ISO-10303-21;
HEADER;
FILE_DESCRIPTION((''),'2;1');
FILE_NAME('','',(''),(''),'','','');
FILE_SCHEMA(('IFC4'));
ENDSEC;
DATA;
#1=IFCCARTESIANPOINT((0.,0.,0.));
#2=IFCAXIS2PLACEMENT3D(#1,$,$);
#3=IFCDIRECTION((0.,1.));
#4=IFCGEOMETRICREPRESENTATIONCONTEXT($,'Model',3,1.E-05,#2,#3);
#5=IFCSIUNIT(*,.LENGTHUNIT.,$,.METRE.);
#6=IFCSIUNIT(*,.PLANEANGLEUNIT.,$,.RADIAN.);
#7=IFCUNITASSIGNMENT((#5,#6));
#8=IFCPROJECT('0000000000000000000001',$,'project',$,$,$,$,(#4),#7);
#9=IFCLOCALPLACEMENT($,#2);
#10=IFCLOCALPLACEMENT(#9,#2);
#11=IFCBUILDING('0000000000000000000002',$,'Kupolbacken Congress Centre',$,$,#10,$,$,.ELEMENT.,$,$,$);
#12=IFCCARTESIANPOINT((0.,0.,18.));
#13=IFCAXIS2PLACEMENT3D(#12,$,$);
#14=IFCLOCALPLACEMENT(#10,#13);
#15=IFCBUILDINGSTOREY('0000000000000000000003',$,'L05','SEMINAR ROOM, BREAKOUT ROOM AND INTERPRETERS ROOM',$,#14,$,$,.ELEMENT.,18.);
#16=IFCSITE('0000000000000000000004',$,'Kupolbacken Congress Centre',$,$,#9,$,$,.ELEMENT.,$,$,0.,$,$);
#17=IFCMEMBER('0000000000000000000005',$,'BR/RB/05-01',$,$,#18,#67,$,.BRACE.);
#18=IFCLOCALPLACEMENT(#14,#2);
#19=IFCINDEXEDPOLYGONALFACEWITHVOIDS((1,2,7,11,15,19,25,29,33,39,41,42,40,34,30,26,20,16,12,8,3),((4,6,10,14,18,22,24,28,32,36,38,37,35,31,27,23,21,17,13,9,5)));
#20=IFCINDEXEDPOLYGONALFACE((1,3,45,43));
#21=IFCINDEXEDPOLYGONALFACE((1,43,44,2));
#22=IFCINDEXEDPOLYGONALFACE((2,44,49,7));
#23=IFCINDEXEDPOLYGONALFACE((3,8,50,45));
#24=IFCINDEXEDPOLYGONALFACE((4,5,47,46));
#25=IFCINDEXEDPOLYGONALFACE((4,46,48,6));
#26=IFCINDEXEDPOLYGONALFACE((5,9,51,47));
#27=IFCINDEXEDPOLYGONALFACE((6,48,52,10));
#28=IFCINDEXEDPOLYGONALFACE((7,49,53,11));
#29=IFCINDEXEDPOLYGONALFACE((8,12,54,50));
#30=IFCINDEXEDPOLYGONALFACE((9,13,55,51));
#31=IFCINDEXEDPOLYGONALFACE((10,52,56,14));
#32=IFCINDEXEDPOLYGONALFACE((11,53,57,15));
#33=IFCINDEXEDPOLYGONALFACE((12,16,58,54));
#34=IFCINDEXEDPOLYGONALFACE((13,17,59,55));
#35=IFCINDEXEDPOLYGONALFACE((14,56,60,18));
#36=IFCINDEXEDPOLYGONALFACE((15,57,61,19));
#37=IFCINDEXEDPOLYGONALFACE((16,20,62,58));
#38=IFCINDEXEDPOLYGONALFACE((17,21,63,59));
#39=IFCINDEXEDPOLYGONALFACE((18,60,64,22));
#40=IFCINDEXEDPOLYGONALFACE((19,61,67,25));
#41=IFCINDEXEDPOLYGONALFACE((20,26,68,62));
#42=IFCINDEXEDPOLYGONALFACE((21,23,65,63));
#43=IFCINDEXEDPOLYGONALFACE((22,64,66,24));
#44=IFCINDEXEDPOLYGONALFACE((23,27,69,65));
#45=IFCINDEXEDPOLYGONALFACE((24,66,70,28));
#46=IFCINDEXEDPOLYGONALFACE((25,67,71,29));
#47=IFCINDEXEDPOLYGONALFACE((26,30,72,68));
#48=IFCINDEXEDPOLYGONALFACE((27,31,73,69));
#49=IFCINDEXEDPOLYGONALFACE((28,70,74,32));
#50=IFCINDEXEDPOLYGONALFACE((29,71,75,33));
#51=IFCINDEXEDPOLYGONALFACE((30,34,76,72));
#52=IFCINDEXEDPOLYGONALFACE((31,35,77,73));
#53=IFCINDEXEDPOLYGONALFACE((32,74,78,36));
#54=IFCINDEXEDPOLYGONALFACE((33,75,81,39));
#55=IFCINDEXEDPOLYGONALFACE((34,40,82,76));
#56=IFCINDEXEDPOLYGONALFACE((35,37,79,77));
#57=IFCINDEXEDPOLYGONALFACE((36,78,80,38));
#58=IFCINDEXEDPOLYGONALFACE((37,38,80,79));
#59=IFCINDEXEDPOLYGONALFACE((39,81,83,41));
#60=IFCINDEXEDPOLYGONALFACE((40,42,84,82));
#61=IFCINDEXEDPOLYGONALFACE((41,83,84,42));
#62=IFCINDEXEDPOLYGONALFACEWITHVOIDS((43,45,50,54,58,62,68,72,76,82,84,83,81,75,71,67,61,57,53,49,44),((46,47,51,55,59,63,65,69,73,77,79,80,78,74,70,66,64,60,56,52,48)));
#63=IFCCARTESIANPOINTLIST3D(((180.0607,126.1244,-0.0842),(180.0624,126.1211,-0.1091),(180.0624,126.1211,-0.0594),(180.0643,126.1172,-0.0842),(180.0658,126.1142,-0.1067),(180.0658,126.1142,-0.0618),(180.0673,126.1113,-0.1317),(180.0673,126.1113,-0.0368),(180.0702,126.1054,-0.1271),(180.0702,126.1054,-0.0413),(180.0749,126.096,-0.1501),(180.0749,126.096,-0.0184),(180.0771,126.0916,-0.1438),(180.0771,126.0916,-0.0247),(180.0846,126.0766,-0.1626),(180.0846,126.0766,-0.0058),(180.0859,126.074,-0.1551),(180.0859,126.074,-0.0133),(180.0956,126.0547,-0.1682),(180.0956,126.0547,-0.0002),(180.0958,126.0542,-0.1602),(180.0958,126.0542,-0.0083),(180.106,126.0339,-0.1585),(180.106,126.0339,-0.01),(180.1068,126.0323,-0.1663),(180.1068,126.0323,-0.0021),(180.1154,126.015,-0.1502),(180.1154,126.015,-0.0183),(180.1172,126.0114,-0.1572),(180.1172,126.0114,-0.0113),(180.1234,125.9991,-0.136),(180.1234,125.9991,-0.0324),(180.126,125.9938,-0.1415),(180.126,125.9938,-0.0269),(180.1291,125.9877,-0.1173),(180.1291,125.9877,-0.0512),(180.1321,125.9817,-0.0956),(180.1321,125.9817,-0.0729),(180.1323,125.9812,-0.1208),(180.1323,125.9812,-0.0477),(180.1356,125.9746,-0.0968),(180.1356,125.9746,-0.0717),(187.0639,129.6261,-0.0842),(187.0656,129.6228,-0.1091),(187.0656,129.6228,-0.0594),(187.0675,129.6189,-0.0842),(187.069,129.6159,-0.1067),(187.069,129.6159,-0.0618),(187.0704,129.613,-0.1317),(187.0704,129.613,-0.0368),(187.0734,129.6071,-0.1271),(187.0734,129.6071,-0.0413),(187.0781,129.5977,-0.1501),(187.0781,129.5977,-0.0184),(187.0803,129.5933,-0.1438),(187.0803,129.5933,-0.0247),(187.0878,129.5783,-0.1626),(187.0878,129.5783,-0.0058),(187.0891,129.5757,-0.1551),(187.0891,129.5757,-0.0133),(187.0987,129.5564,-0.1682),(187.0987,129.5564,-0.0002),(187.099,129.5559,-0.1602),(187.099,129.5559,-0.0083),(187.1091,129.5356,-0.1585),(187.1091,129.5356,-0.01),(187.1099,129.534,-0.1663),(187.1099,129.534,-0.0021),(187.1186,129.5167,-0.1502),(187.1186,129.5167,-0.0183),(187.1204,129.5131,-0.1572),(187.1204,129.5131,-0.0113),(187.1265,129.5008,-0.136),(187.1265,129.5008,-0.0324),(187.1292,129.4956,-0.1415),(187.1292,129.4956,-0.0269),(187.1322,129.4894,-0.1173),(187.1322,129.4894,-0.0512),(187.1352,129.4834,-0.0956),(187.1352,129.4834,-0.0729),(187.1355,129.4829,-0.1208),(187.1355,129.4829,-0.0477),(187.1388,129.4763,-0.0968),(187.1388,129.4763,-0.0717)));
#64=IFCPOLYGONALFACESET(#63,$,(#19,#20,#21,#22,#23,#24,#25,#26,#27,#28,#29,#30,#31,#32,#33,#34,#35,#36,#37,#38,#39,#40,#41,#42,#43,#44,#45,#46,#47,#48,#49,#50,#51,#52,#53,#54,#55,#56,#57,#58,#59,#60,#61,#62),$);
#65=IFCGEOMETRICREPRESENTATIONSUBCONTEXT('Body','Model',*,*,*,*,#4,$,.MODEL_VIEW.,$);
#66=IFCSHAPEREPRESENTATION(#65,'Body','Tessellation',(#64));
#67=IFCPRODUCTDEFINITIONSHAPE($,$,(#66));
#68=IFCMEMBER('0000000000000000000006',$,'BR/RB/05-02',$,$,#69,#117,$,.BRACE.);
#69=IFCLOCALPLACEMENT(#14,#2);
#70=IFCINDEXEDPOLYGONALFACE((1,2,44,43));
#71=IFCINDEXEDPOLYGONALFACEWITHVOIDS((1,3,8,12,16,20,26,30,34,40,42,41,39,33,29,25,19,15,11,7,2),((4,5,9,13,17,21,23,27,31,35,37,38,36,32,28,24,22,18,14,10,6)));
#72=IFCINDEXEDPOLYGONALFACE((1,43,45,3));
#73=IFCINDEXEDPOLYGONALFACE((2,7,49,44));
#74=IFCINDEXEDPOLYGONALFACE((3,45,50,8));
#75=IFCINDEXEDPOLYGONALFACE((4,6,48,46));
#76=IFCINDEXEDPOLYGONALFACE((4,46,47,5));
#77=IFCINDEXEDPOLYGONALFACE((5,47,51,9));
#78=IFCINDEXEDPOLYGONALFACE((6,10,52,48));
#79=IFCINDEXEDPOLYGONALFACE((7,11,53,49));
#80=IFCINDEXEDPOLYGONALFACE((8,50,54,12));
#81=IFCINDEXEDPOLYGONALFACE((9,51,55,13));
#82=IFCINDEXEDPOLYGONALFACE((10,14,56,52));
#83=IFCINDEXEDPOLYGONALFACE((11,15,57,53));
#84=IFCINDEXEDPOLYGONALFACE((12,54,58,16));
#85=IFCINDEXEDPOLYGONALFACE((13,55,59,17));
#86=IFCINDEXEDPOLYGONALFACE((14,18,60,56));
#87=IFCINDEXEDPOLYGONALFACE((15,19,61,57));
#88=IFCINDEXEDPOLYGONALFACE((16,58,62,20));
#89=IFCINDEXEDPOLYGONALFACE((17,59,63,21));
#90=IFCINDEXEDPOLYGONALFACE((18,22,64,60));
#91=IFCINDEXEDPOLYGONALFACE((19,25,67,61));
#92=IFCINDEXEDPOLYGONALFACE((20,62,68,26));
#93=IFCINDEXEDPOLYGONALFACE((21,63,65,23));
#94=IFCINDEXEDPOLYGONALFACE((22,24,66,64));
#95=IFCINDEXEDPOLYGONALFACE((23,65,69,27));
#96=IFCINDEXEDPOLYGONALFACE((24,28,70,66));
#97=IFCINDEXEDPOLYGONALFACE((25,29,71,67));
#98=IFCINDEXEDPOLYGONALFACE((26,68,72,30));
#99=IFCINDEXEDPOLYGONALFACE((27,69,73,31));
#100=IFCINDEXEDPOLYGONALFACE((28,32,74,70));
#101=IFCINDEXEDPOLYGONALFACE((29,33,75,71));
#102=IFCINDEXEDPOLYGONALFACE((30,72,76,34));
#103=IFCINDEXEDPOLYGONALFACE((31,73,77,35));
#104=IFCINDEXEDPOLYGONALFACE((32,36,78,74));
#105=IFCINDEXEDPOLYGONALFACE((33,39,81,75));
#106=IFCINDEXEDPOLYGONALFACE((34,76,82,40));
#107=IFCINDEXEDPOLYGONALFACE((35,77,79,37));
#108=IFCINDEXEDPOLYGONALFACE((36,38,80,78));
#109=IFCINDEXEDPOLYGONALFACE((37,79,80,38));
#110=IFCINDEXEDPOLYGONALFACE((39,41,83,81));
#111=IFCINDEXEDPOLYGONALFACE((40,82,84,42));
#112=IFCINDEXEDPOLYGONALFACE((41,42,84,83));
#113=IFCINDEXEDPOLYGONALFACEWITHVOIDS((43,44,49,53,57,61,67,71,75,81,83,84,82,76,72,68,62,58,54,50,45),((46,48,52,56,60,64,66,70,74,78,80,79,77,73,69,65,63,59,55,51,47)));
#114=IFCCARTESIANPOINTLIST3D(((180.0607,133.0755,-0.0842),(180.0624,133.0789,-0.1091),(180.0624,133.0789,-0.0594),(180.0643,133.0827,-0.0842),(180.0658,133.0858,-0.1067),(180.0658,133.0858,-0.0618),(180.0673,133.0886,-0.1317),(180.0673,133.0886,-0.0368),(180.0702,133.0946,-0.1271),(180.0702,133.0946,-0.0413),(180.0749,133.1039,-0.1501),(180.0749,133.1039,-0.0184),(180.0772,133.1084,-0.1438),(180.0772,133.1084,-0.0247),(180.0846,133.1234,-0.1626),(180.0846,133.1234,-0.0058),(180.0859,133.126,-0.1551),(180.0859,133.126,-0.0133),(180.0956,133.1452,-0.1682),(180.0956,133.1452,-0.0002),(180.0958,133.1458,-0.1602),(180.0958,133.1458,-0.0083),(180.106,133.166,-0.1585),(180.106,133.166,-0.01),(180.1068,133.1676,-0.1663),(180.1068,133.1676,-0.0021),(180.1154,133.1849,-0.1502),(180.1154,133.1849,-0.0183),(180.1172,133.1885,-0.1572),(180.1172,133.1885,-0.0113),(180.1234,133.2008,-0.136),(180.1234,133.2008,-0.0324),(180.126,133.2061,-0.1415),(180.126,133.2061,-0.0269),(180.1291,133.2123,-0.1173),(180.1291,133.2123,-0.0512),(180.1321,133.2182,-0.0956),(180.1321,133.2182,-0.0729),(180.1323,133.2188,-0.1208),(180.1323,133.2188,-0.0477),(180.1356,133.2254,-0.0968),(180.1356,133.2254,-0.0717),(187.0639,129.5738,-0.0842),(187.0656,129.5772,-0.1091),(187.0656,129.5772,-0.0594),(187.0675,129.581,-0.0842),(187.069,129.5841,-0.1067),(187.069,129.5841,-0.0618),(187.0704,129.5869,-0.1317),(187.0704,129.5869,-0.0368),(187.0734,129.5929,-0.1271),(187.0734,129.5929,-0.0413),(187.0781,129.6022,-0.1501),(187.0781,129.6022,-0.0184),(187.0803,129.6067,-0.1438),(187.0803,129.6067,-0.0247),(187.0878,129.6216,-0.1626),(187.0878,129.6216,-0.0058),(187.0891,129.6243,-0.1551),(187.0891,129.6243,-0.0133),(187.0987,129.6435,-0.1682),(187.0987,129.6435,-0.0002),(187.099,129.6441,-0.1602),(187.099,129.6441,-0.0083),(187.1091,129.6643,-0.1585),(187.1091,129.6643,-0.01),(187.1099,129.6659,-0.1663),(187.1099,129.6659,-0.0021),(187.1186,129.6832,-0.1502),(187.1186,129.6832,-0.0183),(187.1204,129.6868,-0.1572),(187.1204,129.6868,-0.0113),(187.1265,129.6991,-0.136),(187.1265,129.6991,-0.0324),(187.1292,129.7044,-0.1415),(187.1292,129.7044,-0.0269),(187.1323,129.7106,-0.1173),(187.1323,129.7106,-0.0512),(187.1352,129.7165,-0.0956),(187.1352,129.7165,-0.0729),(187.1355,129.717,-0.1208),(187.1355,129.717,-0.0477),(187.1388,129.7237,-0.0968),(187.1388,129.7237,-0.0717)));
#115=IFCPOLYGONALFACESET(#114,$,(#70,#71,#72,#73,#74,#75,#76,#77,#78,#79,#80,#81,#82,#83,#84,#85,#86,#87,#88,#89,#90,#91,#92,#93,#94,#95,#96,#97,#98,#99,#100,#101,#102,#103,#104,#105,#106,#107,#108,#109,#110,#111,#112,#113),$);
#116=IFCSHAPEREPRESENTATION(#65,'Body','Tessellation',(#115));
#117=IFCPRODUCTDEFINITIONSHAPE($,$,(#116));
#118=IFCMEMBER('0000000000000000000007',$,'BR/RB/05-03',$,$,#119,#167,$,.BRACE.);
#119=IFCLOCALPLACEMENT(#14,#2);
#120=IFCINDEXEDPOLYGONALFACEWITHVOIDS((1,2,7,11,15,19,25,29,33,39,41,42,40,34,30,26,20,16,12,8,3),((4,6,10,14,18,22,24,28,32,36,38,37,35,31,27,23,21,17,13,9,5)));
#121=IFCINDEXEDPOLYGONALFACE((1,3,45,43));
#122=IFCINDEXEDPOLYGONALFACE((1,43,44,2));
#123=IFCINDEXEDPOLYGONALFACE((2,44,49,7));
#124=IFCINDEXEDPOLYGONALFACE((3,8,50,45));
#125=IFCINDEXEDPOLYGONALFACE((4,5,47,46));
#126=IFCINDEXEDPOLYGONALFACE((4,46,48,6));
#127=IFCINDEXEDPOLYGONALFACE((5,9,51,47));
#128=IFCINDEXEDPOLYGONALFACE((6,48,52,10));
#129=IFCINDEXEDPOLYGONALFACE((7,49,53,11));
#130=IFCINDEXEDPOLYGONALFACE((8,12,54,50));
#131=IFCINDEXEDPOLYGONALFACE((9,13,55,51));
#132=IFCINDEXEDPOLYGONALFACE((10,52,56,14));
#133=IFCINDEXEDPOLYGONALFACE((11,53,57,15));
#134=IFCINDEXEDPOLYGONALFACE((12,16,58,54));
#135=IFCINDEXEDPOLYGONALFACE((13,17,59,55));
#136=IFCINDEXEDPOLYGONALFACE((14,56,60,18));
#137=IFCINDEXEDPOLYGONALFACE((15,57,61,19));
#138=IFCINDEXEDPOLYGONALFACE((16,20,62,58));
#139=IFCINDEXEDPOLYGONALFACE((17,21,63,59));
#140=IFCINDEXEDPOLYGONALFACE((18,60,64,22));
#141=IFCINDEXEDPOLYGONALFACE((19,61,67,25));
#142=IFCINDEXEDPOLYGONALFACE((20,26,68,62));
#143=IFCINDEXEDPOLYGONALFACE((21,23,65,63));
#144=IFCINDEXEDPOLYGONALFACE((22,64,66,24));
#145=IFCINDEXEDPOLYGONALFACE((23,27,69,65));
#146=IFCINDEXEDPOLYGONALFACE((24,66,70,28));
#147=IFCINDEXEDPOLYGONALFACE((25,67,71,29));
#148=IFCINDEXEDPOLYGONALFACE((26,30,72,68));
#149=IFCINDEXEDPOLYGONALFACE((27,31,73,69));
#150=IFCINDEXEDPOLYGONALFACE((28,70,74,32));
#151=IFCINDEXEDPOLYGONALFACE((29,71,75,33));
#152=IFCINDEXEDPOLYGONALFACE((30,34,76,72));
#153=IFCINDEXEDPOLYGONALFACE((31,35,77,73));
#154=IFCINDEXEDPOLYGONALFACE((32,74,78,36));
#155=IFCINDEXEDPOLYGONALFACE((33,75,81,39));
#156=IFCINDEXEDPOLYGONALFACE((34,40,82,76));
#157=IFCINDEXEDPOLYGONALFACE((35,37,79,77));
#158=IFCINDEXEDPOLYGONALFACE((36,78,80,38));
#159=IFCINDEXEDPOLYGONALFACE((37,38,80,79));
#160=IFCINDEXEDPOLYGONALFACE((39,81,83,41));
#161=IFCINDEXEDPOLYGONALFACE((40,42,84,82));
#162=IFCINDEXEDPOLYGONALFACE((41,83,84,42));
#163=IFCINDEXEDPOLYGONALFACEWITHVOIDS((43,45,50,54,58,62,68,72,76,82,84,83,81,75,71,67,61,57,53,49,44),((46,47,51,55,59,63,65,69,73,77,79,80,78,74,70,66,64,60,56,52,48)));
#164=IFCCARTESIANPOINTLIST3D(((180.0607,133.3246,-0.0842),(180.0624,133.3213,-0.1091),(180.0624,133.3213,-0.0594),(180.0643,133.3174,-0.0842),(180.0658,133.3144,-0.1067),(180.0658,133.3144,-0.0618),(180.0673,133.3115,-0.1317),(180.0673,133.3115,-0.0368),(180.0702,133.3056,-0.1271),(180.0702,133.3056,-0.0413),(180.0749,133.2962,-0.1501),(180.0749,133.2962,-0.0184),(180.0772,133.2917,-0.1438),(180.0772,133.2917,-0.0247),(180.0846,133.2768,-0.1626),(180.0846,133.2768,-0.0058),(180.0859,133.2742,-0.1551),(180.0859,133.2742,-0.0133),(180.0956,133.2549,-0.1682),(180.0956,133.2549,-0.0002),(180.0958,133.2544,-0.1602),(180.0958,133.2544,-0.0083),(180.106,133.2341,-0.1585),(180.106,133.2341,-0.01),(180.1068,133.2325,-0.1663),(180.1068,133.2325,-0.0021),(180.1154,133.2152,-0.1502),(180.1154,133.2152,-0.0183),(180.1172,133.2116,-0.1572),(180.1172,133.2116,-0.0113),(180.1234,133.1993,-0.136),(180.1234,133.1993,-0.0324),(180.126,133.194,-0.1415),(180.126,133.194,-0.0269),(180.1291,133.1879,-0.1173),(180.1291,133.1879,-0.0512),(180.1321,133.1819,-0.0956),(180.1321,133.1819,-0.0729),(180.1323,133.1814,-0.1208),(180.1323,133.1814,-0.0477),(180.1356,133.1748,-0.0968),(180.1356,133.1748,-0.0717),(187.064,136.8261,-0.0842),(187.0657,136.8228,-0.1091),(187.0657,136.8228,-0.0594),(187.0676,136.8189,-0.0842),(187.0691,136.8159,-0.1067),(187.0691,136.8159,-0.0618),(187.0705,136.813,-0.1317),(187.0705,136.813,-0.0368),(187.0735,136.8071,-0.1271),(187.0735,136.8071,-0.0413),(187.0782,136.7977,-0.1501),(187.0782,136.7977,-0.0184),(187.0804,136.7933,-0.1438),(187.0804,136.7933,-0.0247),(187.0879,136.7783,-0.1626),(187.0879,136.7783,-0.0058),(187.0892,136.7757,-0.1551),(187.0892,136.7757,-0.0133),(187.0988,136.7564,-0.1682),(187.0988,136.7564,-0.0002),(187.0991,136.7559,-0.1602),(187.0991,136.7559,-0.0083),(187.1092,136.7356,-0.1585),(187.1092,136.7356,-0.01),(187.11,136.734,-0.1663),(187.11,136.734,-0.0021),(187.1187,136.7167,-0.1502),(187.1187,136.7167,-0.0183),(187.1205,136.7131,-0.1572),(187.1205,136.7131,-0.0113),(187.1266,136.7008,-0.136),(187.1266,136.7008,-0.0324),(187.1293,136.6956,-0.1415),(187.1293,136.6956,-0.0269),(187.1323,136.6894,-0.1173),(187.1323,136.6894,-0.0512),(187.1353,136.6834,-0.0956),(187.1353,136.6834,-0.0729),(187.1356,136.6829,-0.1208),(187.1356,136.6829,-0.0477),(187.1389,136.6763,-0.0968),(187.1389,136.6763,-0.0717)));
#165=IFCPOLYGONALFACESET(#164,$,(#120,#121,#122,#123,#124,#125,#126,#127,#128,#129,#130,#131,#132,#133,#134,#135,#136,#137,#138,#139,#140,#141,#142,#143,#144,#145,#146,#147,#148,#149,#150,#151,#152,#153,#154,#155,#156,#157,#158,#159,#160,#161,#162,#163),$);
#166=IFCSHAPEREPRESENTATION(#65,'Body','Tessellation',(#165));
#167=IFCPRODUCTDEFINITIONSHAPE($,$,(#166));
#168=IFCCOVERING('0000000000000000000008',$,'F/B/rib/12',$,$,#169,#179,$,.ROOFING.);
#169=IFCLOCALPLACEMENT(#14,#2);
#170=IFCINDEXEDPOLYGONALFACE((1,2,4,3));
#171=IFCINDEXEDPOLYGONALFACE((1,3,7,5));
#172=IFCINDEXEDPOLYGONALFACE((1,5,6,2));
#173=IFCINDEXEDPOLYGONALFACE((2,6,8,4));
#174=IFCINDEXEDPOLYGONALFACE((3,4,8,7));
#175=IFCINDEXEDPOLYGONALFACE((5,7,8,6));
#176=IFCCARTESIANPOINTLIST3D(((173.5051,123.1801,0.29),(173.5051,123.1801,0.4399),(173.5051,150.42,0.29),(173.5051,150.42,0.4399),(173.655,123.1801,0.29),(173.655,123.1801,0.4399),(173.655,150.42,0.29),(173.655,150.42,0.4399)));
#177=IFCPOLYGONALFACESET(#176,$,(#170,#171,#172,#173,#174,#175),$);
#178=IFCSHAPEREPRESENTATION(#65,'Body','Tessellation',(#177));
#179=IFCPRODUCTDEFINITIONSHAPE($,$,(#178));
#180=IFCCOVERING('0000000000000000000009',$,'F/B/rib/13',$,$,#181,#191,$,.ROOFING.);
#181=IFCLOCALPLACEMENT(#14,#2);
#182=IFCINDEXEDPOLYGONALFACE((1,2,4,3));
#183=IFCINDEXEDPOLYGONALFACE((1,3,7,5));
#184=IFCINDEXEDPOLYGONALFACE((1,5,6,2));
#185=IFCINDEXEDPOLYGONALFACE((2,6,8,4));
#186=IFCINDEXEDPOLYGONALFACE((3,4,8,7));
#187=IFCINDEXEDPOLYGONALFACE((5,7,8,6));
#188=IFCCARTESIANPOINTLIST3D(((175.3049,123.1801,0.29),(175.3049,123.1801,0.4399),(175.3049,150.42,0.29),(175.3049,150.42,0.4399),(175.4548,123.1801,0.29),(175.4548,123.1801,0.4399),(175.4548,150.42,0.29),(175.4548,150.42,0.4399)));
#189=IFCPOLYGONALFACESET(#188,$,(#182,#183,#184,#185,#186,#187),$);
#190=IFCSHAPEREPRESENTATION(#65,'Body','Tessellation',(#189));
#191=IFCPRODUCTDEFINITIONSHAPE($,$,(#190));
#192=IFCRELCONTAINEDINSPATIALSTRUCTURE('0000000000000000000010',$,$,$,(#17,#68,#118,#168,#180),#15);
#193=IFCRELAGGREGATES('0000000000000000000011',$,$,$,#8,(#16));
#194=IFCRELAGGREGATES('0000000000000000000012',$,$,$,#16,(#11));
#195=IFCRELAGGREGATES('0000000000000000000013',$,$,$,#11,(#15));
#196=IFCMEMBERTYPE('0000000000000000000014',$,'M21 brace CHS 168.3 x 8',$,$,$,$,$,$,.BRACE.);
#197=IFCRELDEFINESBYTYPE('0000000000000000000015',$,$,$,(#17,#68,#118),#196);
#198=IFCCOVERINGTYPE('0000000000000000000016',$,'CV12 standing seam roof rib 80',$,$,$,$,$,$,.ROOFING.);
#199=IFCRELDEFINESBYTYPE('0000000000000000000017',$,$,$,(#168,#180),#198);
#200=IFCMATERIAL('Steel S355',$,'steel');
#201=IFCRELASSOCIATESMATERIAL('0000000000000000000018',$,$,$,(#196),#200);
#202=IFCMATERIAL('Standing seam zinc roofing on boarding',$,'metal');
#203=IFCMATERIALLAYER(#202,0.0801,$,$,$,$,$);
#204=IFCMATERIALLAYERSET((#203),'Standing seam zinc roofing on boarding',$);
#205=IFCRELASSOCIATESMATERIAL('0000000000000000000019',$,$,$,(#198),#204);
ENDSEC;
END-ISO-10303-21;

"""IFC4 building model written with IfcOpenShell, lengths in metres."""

from ifc_helpers import new_model, si_unit, direction, frame, origin, origin_2d, place, context, subcontext, project, spatial, rectangle, hollow_circle, extrude, material, layer, layer_set, material_profile, profile_set, type_object, element, save


model = new_model("IFC4")

# Units and contexts
model_context = context("Model", 3, precision=1e-05, world=origin(), true_north=direction((0.0, 1.0)))
body_context = subcontext(model_context, "Body", "Model", "MODEL_VIEW")
ifc_project = project(units=[si_unit("LENGTHUNIT", "METRE"), si_unit("PLANEANGLEUNIT", "RADIAN")], contexts=[model_context])

# Site, building, storey
site_placement = place(None, origin())
site = spatial("IfcSite", under=ifc_project, at=site_placement, Name="Kupolbacken Congress Centre", CompositionType="ELEMENT", RefElevation=0.0)
building_placement = place(site_placement, origin())
building = spatial("IfcBuilding", under=site, at=building_placement, Name="Kupolbacken Congress Centre", CompositionType="ELEMENT")
storey_placement = place(building_placement, frame((0.0, 0.0, 18.0)))
storey = spatial("IfcBuildingStorey", under=building, at=storey_placement, Name="L05", Description="SEMINAR ROOM, BREAKOUT ROOM AND INTERPRETERS ROOM", CompositionType="ELEMENT", Elevation=18.0)

# Members
ifc_material_1 = material(Name="Steel S355", Category="steel")
ifc_material_profile_1 = material_profile(ifc_material_1, hollow_circle(Radius=0.0842, WallThickness=0.0081, at=origin_2d()), Name="CHS 168.3 x 8")
ifc_profile_set_1 = profile_set([ifc_material_profile_1], Name="Steel S355")
member_type_1 = type_object("IfcMemberType", Name="M21 brace CHS 168.3 x 8", PredefinedType="BRACE", material=ifc_profile_set_1)
for number, where, z_axis, x_axis, name in (
    (1, (180.0984, 126.0491, -0.0842), (0.894421, 0.447226, 0.0), (-0.447226, 0.894421, 0.0), "BR/RB/05-01"),
    (2, (187.1016, 129.6492, -0.0842), (-0.894421, 0.447226, 0.0), (-0.447226, -0.894421, 0.0), "BR/RB/05-02"),
    (3, (180.0984, 133.2493, -0.0842), (0.894433, 0.447201, 0.0), (-0.447201, 0.894433, 0.0), "BR/RB/05-03"),
):
    element("IfcMember", number, at=place(storey_placement, frame(where, z_axis=z_axis, x_axis=x_axis)), inside=storey, type_object=member_type_1, Name=name, PredefinedType="BRACE", context=body_context, shape_type="SweptSolid", body=[
        extrude(hollow_circle(Radius=0.0842, WallThickness=0.0081, at=origin_2d()), origin(), (0.0, 0.0, 1.0), 7.8298),
    ])

# Coverings
ifc_material_2 = material(Name="Standing seam zinc roofing on boarding", Category="metal")
ifc_layer_1 = layer(ifc_material_2, 0.0801)
ifc_layer_set_1 = layer_set([ifc_layer_1], Name="Standing seam zinc roofing on boarding")
covering_type = type_object("IfcCoveringType", Name="CV12 standing seam roof rib 80", PredefinedType="ROOFING", material=ifc_layer_set_1)
for number, where, z_axis, x_axis, name in (
    (4, (173.5801, 136.8, 0.29), (0.0, 0.0, 1.0), (0.0, 1.0, 0.0), "F/B/rib/12"),
    (5, (175.3799, 136.8, 0.29), (0.0, 0.0, 1.0), (0.0, 1.0, 0.0), "F/B/rib/13"),
):
    element("IfcCovering", number, at=place(storey_placement, frame(where, z_axis=z_axis, x_axis=x_axis)), inside=storey, type_object=covering_type, Name=name, PredefinedType="ROOFING", context=body_context, shape_type="SweptSolid", body=[
        extrude(rectangle(XDim=27.24, YDim=0.1499, at=origin_2d()), origin(), (0.0, 0.0, 1.0), 0.1499),
    ])

save(model, "model.ifc")
